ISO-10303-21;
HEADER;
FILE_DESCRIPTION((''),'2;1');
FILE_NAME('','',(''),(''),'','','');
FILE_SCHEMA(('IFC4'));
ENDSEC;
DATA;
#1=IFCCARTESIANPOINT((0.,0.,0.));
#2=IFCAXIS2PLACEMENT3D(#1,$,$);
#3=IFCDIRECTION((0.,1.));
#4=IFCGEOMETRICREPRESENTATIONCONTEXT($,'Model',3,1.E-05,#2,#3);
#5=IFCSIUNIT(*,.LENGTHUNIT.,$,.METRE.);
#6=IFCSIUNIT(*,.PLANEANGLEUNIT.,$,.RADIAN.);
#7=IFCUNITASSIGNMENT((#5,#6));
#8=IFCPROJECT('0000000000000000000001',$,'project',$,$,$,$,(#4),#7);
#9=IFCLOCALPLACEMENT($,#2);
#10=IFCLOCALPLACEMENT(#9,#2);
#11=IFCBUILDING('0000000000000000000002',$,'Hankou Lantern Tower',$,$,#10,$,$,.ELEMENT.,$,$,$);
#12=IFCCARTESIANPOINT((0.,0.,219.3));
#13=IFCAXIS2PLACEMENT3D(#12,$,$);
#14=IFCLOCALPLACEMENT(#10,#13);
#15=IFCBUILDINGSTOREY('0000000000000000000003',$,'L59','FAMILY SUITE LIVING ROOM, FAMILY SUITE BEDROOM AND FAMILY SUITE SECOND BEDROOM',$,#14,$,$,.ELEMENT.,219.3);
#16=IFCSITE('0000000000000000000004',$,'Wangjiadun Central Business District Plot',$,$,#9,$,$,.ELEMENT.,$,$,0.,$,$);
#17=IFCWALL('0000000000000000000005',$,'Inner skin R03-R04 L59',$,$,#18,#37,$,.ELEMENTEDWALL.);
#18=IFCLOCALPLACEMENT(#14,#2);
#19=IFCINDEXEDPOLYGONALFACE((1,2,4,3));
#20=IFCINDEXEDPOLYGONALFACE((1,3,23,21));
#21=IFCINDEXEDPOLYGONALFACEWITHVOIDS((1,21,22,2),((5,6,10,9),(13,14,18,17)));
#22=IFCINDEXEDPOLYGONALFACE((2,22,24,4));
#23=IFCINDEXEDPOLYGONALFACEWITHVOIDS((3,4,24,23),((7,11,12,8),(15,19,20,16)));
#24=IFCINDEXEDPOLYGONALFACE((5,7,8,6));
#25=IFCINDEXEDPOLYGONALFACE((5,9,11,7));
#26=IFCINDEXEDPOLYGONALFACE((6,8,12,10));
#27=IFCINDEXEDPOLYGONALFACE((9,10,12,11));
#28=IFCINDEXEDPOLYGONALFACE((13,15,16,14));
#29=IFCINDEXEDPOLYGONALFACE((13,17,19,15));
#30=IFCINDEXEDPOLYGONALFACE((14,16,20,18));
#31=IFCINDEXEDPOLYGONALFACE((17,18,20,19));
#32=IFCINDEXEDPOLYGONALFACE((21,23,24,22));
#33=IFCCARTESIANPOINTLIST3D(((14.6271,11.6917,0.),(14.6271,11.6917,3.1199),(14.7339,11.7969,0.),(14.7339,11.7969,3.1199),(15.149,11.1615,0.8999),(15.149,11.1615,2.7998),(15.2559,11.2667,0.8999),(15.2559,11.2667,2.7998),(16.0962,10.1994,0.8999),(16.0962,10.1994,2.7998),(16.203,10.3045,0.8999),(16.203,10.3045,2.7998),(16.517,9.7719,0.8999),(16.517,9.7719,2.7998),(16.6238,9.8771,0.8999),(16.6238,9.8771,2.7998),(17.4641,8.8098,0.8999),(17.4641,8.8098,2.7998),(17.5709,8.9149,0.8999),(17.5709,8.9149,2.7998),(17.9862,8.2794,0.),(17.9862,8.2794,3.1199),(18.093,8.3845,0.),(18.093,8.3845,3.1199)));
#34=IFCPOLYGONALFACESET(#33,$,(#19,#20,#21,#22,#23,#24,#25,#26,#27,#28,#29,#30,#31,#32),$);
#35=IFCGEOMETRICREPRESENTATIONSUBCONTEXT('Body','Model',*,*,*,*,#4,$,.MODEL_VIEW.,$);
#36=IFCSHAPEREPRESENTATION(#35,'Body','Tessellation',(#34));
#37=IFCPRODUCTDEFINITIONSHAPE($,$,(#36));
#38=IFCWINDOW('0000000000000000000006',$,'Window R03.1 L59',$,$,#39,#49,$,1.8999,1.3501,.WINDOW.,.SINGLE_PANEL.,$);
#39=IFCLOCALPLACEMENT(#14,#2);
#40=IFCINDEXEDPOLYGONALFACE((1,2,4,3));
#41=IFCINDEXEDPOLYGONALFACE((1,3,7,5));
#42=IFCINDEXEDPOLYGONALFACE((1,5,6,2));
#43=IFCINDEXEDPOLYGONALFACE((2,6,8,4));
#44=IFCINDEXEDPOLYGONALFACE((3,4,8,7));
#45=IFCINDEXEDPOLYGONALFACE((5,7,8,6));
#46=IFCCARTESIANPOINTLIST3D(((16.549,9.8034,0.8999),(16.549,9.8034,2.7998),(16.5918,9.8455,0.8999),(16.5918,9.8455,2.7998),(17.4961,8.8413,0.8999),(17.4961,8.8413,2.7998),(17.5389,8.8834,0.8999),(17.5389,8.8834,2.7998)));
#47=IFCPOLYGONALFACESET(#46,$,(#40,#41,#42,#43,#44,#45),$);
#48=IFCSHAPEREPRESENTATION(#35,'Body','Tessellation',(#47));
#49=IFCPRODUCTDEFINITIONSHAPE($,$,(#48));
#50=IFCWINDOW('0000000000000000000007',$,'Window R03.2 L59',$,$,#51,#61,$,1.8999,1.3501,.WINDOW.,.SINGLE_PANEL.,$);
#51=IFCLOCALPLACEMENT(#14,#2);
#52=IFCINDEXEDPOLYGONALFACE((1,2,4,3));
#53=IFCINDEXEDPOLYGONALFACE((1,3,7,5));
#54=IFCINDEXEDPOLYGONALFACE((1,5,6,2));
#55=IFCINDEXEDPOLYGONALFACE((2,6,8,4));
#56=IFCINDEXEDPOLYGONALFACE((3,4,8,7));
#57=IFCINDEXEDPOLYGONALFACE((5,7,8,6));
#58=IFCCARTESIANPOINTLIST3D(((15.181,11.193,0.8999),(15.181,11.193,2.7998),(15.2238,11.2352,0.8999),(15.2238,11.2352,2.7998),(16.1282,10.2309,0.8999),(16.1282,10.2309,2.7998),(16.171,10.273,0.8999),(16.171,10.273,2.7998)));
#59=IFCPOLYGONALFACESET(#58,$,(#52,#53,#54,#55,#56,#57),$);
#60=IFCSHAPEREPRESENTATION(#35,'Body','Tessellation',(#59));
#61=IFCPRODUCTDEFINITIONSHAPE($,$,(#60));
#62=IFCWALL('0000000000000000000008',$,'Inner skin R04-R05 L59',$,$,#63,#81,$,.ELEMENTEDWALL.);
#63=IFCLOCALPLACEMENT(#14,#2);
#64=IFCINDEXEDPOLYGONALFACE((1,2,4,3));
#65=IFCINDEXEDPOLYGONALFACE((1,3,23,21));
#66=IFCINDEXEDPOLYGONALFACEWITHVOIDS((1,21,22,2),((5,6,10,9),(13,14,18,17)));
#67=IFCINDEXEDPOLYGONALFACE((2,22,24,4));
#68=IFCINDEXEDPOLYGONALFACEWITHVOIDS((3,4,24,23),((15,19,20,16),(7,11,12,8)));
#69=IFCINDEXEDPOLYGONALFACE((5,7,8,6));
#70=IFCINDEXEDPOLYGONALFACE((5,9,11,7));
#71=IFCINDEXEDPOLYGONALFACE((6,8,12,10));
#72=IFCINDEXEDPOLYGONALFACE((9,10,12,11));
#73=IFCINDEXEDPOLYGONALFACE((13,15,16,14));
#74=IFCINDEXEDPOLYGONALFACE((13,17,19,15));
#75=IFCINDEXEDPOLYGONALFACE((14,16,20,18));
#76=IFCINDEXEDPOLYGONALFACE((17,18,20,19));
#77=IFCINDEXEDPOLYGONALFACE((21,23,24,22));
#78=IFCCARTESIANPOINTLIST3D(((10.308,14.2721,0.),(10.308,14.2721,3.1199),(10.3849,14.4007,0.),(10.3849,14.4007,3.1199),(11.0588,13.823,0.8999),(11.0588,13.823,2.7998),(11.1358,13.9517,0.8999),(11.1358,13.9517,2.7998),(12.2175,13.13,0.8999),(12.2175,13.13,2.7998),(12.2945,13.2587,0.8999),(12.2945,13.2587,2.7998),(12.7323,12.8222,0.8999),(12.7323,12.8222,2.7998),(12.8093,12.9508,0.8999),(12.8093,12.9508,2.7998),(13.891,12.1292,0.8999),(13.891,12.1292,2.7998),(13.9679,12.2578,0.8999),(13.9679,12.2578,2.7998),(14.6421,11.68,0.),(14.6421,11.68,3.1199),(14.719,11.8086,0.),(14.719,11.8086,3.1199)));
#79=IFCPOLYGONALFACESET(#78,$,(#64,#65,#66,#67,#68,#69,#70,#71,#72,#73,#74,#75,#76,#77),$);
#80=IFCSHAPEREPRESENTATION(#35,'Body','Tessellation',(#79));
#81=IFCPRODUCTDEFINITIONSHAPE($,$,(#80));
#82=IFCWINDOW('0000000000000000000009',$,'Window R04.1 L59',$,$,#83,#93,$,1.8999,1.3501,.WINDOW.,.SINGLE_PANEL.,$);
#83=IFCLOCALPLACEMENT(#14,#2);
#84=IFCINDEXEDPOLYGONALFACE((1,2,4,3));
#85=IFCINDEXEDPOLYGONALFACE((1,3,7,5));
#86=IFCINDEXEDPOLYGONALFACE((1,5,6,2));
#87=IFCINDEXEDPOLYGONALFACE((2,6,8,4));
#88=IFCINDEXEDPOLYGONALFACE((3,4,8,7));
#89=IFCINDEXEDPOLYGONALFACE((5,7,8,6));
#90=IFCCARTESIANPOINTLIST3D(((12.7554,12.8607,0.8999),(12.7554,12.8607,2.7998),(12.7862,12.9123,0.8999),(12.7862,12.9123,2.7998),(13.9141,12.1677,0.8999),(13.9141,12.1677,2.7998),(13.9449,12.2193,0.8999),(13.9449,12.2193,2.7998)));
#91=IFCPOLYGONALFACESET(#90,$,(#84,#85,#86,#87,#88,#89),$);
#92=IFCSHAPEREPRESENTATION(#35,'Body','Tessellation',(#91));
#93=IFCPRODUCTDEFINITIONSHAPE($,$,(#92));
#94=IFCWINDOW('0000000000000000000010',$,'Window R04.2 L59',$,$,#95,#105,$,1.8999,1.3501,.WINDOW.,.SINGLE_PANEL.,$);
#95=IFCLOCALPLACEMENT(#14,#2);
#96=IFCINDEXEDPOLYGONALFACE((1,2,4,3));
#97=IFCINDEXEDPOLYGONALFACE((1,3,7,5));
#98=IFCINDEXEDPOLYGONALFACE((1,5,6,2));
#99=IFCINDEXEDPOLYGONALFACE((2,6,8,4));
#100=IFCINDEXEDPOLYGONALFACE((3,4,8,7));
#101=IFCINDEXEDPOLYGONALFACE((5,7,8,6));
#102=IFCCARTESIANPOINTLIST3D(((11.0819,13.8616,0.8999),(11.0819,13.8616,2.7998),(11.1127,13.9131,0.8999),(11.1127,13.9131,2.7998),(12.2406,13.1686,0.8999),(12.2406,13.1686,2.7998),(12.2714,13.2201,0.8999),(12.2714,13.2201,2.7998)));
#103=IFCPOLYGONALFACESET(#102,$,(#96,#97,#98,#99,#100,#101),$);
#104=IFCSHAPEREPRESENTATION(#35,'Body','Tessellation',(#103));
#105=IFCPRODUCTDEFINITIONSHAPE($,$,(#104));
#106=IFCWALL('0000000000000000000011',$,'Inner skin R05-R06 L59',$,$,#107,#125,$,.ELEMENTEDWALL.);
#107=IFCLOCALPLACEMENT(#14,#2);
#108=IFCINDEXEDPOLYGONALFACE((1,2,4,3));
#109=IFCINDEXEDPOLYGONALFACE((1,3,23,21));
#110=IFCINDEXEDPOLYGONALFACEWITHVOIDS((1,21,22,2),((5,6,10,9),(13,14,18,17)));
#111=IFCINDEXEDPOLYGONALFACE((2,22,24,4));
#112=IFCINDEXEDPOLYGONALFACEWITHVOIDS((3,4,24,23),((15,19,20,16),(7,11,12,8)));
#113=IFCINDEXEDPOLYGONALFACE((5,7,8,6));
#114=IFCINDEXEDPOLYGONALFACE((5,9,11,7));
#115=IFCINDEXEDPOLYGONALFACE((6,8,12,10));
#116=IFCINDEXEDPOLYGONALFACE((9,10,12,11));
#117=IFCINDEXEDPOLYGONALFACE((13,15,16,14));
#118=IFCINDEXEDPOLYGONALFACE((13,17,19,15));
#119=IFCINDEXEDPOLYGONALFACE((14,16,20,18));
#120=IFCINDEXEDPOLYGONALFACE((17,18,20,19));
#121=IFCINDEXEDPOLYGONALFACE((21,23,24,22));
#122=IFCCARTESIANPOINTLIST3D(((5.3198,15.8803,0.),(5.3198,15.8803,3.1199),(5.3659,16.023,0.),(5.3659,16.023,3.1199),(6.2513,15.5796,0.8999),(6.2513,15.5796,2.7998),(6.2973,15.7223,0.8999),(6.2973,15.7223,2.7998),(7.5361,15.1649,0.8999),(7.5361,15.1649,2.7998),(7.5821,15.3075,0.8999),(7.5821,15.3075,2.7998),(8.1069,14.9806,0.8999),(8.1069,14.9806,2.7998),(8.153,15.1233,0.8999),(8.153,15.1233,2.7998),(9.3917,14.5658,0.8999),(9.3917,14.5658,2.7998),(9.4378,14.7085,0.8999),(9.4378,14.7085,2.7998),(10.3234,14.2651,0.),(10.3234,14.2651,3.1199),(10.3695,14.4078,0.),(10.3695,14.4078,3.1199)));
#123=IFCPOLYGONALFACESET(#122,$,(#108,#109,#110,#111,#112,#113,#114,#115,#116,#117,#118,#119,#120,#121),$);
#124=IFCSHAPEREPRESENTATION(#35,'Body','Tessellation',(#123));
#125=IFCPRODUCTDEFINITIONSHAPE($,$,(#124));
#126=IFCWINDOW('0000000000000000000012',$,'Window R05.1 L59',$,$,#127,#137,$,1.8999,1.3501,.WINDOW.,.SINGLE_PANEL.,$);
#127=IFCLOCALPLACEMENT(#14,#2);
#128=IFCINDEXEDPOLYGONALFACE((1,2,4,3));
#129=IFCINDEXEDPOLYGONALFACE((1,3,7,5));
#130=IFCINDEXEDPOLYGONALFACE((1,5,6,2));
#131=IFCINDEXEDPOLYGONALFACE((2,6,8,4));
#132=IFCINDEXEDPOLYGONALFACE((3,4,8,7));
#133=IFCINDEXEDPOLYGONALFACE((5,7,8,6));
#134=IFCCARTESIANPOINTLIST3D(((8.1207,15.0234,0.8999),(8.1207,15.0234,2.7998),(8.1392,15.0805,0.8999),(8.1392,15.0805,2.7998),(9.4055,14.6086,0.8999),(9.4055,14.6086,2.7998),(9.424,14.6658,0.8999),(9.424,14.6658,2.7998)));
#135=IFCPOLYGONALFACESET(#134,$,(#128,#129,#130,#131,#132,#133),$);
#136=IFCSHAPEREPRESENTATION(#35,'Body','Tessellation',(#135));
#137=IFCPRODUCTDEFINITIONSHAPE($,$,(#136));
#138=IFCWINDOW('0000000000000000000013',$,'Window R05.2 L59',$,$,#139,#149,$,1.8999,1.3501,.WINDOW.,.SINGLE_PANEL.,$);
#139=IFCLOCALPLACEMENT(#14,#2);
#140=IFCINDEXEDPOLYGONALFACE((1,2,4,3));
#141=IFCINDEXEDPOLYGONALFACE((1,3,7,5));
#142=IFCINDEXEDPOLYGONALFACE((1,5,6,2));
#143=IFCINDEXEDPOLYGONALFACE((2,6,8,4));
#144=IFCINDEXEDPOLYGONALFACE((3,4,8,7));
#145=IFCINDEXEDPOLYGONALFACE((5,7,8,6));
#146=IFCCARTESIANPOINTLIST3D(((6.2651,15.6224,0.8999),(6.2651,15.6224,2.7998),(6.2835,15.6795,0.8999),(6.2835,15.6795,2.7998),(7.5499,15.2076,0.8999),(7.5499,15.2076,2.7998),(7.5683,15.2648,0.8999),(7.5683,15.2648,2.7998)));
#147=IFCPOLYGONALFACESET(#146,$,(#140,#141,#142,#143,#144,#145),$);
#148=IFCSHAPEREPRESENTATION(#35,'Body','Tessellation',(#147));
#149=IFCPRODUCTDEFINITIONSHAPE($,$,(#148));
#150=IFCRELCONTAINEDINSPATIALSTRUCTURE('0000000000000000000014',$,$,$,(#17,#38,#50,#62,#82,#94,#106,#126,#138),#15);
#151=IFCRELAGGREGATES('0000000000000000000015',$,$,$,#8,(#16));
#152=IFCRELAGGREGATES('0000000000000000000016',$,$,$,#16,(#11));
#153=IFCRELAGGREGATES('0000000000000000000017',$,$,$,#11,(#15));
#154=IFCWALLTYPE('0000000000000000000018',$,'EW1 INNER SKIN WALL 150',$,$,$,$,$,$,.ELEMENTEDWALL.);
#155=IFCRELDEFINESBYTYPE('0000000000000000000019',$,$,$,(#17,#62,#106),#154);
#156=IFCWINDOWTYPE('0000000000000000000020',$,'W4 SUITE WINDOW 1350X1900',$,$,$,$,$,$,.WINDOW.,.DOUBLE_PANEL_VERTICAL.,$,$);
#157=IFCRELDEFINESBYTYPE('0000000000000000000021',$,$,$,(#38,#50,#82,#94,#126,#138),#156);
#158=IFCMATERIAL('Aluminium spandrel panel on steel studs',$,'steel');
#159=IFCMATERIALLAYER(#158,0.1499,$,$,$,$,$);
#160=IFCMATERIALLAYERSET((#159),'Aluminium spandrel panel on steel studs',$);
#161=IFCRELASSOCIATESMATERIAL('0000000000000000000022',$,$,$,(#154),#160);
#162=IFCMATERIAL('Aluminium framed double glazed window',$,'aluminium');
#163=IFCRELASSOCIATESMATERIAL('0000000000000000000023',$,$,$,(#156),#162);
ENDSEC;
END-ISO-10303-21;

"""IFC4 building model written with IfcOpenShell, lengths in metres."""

from ifc_helpers import new_model, si_unit, direction, frame, frame_2d, origin, place, context, subcontext, project, spatial, rectangle, extrude, material, layer, layer_set, type_object, element, fill, save


model = new_model("IFC4")

# Units and contexts
model_context = context("Model", 3, precision=1e-05, world=origin(), true_north=direction((0.0, 1.0)))
body_context = subcontext(model_context, "Body", "Model", "MODEL_VIEW")
ifc_project = project(units=[si_unit("LENGTHUNIT", "METRE"), si_unit("PLANEANGLEUNIT", "RADIAN")], contexts=[model_context])

# Site, building, storey
site_placement = place(None, origin())
site = spatial("IfcSite", under=ifc_project, at=site_placement, Name="Wangjiadun Central Business District Plot", CompositionType="ELEMENT", RefElevation=0.0)
building_placement = place(site_placement, origin())
building = spatial("IfcBuilding", under=site, at=building_placement, Name="Hankou Lantern Tower", CompositionType="ELEMENT")
storey_placement = place(building_placement, frame((0.0, 0.0, 219.3)))
storey = spatial("IfcBuildingStorey", under=building, at=storey_placement, Name="L59", Description="FAMILY SUITE LIVING ROOM, FAMILY SUITE BEDROOM AND FAMILY SUITE SECOND BEDROOM", CompositionType="ELEMENT", Elevation=219.3)

# Walls, openings, windows
ifc_material_1 = material(Name="Aluminium spandrel panel on steel studs", Category="steel")
ifc_layer_1 = layer(ifc_material_1, 0.1499)
ifc_layer_set_1 = layer_set([ifc_layer_1], Name="Aluminium spandrel panel on steel studs")
wall_type_1 = type_object("IfcWallType", Name="EW1 INNER SKIN WALL 150", PredefinedType="ELEMENTEDWALL", material=ifc_layer_set_1)
wall_1_placement = place(storey_placement, frame((18.0396, 8.332, 0.0), z_axis=(0.0, 0.0, 1.0), x_axis=(-0.701527, 0.712643, 0.0)))
wall_1 = element("IfcWall", 1, at=wall_1_placement, inside=storey, type_object=wall_type_1, Name="Inner skin R03-R04 L59", PredefinedType="ELEMENTEDWALL", context=body_context, shape_type="SweptSolid", body=[
    extrude(rectangle(XDim=4.7883, YDim=0.1499, at=frame_2d((2.394, 0.0))), origin(), (0.0, 0.0, 1.0), 3.1199),
])
opening_1_placement = place(wall_1_placement, frame((0.7441, 0.0, 0.8999)))
opening_1 = element("IfcOpeningElement", 2, at=opening_1_placement, cuts=wall_1, PredefinedType="OPENING", context=body_context, shape_type="SweptSolid", body=[
    extrude(rectangle(XDim=1.3501, YDim=1.8999, at=frame_2d((0.675, 0.95))), frame((0.0, 0.085, 0.0), z_axis=(0.0, -1.0, 0.0), x_axis=(1.0, 0.0, 0.0)), (0.0, 0.0, 1.0), 0.1699),
])
opening_2_placement = place(wall_1_placement, frame((2.6941, 0.0, 0.8999)))
opening_2 = element("IfcOpeningElement", 3, at=opening_2_placement, cuts=wall_1, PredefinedType="OPENING", context=body_context, shape_type="SweptSolid", body=[
    extrude(rectangle(XDim=1.3501, YDim=1.8999, at=frame_2d((0.675, 0.95))), frame((0.0, 0.085, 0.0), z_axis=(0.0, -1.0, 0.0), x_axis=(1.0, 0.0, 0.0)), (0.0, 0.0, 1.0), 0.1699),
])
ifc_material_2 = material(Name="Aluminium framed double glazed window", Category="aluminium")
window_type = type_object("IfcWindowType", Name="W4 SUITE WINDOW 1350X1900", PartitioningType="DOUBLE_PANEL_VERTICAL", PredefinedType="WINDOW", material=ifc_material_2)
window_1_placement = place(opening_1_placement, origin())
window_1 = element("IfcWindow", 4, at=window_1_placement, inside=storey, type_object=window_type, Name="Window R03.1 L59", OverallHeight=1.8999, OverallWidth=1.3501, PartitioningType="SINGLE_PANEL", PredefinedType="WINDOW", context=body_context, shape_type="SweptSolid", body=[
    extrude(rectangle(XDim=1.3501, YDim=1.8999, at=frame_2d((0.675, 0.95))), frame((0.0, 0.03, 0.0), z_axis=(0.0, -1.0, 0.0), x_axis=(1.0, 0.0, 0.0)), (0.0, 0.0, 1.0), 0.0601),
])
fill(opening_1, window_1)
window_2_placement = place(opening_2_placement, origin())
window_2 = element("IfcWindow", 5, at=window_2_placement, inside=storey, type_object=window_type, Name="Window R03.2 L59", OverallHeight=1.8999, OverallWidth=1.3501, PartitioningType="SINGLE_PANEL", PredefinedType="WINDOW", context=body_context, shape_type="SweptSolid", body=[
    extrude(rectangle(XDim=1.3501, YDim=1.8999, at=frame_2d((0.675, 0.95))), frame((0.0, 0.03, 0.0), z_axis=(0.0, -1.0, 0.0), x_axis=(1.0, 0.0, 0.0)), (0.0, 0.0, 1.0), 0.0601),
])
fill(opening_2, window_2)
wall_2_placement = place(storey_placement, frame((14.6804, 11.7444, 0.0), z_axis=(0.0, 0.0, 1.0), x_axis=(-0.858222, 0.51328, 0.0)))
wall_2 = element("IfcWall", 6, at=wall_2_placement, inside=storey, type_object=wall_type_1, Name="Inner skin R04-R05 L59", PredefinedType="ELEMENTEDWALL", context=body_context, shape_type="SweptSolid", body=[
    extrude(rectangle(XDim=5.05, YDim=0.1499, at=frame_2d((2.5249, 0.0))), origin(), (0.0, 0.0, 1.0), 3.1199),
])
opening_3_placement = place(wall_2_placement, frame((0.875, 0.0, 0.8999)))
opening_3 = element("IfcOpeningElement", 7, at=opening_3_placement, cuts=wall_2, PredefinedType="OPENING", context=body_context, shape_type="SweptSolid", body=[
    extrude(rectangle(XDim=1.3501, YDim=1.8999, at=frame_2d((0.675, 0.95))), frame((0.0, 0.085, 0.0), z_axis=(0.0, -1.0, 0.0), x_axis=(1.0, 0.0, 0.0)), (0.0, 0.0, 1.0), 0.1699),
])
opening_4_placement = place(wall_2_placement, frame((2.825, 0.0, 0.8999)))
opening_4 = element("IfcOpeningElement", 8, at=opening_4_placement, cuts=wall_2, PredefinedType="OPENING", context=body_context, shape_type="SweptSolid", body=[
    extrude(rectangle(XDim=1.3501, YDim=1.8999, at=frame_2d((0.675, 0.95))), frame((0.0, 0.085, 0.0), z_axis=(0.0, -1.0, 0.0), x_axis=(1.0, 0.0, 0.0)), (0.0, 0.0, 1.0), 0.1699),
])
window_3_placement = place(opening_3_placement, origin())
window_3 = element("IfcWindow", 9, at=window_3_placement, inside=storey, type_object=window_type, Name="Window R04.1 L59", OverallHeight=1.8999, OverallWidth=1.3501, PartitioningType="SINGLE_PANEL", PredefinedType="WINDOW", context=body_context, shape_type="SweptSolid", body=[
    extrude(rectangle(XDim=1.3501, YDim=1.8999, at=frame_2d((0.675, 0.95))), frame((0.0, 0.03, 0.0), z_axis=(0.0, -1.0, 0.0), x_axis=(1.0, 0.0, 0.0)), (0.0, 0.0, 1.0), 0.0601),
])
fill(opening_3, window_3)
window_4_placement = place(opening_4_placement, origin())
window_4 = element("IfcWindow", 10, at=window_4_placement, inside=storey, type_object=window_type, Name="Window R04.2 L59", OverallHeight=1.8999, OverallWidth=1.3501, PartitioningType="SINGLE_PANEL", PredefinedType="WINDOW", context=body_context, shape_type="SweptSolid", body=[
    extrude(rectangle(XDim=1.3501, YDim=1.8999, at=frame_2d((0.675, 0.95))), frame((0.0, 0.03, 0.0), z_axis=(0.0, -1.0, 0.0), x_axis=(1.0, 0.0, 0.0)), (0.0, 0.0, 1.0), 0.0601),
])
fill(opening_4, window_4)
wall_3_placement = place(storey_placement, frame((10.3464, 14.3364, 0.0), z_axis=(0.0, 0.0, 1.0), x_axis=(-0.951645, 0.307201, 0.0)))
wall_3 = element("IfcWall", 11, at=wall_3_placement, inside=storey, type_object=wall_type_1, Name="Inner skin R05-R06 L59", PredefinedType="ELEMENTEDWALL", context=body_context, shape_type="SweptSolid", body=[
    extrude(rectangle(XDim=5.2578, YDim=0.1499, at=frame_2d((2.6289, 0.0))), origin(), (0.0, 0.0, 1.0), 3.1199),
])
opening_5_placement = place(wall_3_placement, frame((0.979, 0.0, 0.8999)))
opening_5 = element("IfcOpeningElement", 12, at=opening_5_placement, cuts=wall_3, PredefinedType="OPENING", context=body_context, shape_type="SweptSolid", body=[
    extrude(rectangle(XDim=1.3501, YDim=1.8999, at=frame_2d((0.675, 0.95))), frame((0.0, 0.085, 0.0), z_axis=(0.0, -1.0, 0.0), x_axis=(1.0, 0.0, 0.0)), (0.0, 0.0, 1.0), 0.1699),
])
opening_6_placement = place(wall_3_placement, frame((2.929, 0.0, 0.8999)))
opening_6 = element("IfcOpeningElement", 13, at=opening_6_placement, cuts=wall_3, PredefinedType="OPENING", context=body_context, shape_type="SweptSolid", body=[
    extrude(rectangle(XDim=1.3501, YDim=1.8999, at=frame_2d((0.675, 0.95))), frame((0.0, 0.085, 0.0), z_axis=(0.0, -1.0, 0.0), x_axis=(1.0, 0.0, 0.0)), (0.0, 0.0, 1.0), 0.1699),
])
window_5_placement = place(opening_5_placement, origin())
window_5 = element("IfcWindow", 14, at=window_5_placement, inside=storey, type_object=window_type, Name="Window R05.1 L59", OverallHeight=1.8999, OverallWidth=1.3501, PartitioningType="SINGLE_PANEL", PredefinedType="WINDOW", context=body_context, shape_type="SweptSolid", body=[
    extrude(rectangle(XDim=1.3501, YDim=1.8999, at=frame_2d((0.675, 0.95))), frame((0.0, 0.03, 0.0), z_axis=(0.0, -1.0, 0.0), x_axis=(1.0, 0.0, 0.0)), (0.0, 0.0, 1.0), 0.0601),
])
fill(opening_5, window_5)
window_6_placement = place(opening_6_placement, origin())
window_6 = element("IfcWindow", 15, at=window_6_placement, inside=storey, type_object=window_type, Name="Window R05.2 L59", OverallHeight=1.8999, OverallWidth=1.3501, PartitioningType="SINGLE_PANEL", PredefinedType="WINDOW", context=body_context, shape_type="SweptSolid", body=[
    extrude(rectangle(XDim=1.3501, YDim=1.8999, at=frame_2d((0.675, 0.95))), frame((0.0, 0.03, 0.0), z_axis=(0.0, -1.0, 0.0), x_axis=(1.0, 0.0, 0.0)), (0.0, 0.0, 1.0), 0.0601),
])
fill(opening_6, window_6)

save(model, "model.ifc")
